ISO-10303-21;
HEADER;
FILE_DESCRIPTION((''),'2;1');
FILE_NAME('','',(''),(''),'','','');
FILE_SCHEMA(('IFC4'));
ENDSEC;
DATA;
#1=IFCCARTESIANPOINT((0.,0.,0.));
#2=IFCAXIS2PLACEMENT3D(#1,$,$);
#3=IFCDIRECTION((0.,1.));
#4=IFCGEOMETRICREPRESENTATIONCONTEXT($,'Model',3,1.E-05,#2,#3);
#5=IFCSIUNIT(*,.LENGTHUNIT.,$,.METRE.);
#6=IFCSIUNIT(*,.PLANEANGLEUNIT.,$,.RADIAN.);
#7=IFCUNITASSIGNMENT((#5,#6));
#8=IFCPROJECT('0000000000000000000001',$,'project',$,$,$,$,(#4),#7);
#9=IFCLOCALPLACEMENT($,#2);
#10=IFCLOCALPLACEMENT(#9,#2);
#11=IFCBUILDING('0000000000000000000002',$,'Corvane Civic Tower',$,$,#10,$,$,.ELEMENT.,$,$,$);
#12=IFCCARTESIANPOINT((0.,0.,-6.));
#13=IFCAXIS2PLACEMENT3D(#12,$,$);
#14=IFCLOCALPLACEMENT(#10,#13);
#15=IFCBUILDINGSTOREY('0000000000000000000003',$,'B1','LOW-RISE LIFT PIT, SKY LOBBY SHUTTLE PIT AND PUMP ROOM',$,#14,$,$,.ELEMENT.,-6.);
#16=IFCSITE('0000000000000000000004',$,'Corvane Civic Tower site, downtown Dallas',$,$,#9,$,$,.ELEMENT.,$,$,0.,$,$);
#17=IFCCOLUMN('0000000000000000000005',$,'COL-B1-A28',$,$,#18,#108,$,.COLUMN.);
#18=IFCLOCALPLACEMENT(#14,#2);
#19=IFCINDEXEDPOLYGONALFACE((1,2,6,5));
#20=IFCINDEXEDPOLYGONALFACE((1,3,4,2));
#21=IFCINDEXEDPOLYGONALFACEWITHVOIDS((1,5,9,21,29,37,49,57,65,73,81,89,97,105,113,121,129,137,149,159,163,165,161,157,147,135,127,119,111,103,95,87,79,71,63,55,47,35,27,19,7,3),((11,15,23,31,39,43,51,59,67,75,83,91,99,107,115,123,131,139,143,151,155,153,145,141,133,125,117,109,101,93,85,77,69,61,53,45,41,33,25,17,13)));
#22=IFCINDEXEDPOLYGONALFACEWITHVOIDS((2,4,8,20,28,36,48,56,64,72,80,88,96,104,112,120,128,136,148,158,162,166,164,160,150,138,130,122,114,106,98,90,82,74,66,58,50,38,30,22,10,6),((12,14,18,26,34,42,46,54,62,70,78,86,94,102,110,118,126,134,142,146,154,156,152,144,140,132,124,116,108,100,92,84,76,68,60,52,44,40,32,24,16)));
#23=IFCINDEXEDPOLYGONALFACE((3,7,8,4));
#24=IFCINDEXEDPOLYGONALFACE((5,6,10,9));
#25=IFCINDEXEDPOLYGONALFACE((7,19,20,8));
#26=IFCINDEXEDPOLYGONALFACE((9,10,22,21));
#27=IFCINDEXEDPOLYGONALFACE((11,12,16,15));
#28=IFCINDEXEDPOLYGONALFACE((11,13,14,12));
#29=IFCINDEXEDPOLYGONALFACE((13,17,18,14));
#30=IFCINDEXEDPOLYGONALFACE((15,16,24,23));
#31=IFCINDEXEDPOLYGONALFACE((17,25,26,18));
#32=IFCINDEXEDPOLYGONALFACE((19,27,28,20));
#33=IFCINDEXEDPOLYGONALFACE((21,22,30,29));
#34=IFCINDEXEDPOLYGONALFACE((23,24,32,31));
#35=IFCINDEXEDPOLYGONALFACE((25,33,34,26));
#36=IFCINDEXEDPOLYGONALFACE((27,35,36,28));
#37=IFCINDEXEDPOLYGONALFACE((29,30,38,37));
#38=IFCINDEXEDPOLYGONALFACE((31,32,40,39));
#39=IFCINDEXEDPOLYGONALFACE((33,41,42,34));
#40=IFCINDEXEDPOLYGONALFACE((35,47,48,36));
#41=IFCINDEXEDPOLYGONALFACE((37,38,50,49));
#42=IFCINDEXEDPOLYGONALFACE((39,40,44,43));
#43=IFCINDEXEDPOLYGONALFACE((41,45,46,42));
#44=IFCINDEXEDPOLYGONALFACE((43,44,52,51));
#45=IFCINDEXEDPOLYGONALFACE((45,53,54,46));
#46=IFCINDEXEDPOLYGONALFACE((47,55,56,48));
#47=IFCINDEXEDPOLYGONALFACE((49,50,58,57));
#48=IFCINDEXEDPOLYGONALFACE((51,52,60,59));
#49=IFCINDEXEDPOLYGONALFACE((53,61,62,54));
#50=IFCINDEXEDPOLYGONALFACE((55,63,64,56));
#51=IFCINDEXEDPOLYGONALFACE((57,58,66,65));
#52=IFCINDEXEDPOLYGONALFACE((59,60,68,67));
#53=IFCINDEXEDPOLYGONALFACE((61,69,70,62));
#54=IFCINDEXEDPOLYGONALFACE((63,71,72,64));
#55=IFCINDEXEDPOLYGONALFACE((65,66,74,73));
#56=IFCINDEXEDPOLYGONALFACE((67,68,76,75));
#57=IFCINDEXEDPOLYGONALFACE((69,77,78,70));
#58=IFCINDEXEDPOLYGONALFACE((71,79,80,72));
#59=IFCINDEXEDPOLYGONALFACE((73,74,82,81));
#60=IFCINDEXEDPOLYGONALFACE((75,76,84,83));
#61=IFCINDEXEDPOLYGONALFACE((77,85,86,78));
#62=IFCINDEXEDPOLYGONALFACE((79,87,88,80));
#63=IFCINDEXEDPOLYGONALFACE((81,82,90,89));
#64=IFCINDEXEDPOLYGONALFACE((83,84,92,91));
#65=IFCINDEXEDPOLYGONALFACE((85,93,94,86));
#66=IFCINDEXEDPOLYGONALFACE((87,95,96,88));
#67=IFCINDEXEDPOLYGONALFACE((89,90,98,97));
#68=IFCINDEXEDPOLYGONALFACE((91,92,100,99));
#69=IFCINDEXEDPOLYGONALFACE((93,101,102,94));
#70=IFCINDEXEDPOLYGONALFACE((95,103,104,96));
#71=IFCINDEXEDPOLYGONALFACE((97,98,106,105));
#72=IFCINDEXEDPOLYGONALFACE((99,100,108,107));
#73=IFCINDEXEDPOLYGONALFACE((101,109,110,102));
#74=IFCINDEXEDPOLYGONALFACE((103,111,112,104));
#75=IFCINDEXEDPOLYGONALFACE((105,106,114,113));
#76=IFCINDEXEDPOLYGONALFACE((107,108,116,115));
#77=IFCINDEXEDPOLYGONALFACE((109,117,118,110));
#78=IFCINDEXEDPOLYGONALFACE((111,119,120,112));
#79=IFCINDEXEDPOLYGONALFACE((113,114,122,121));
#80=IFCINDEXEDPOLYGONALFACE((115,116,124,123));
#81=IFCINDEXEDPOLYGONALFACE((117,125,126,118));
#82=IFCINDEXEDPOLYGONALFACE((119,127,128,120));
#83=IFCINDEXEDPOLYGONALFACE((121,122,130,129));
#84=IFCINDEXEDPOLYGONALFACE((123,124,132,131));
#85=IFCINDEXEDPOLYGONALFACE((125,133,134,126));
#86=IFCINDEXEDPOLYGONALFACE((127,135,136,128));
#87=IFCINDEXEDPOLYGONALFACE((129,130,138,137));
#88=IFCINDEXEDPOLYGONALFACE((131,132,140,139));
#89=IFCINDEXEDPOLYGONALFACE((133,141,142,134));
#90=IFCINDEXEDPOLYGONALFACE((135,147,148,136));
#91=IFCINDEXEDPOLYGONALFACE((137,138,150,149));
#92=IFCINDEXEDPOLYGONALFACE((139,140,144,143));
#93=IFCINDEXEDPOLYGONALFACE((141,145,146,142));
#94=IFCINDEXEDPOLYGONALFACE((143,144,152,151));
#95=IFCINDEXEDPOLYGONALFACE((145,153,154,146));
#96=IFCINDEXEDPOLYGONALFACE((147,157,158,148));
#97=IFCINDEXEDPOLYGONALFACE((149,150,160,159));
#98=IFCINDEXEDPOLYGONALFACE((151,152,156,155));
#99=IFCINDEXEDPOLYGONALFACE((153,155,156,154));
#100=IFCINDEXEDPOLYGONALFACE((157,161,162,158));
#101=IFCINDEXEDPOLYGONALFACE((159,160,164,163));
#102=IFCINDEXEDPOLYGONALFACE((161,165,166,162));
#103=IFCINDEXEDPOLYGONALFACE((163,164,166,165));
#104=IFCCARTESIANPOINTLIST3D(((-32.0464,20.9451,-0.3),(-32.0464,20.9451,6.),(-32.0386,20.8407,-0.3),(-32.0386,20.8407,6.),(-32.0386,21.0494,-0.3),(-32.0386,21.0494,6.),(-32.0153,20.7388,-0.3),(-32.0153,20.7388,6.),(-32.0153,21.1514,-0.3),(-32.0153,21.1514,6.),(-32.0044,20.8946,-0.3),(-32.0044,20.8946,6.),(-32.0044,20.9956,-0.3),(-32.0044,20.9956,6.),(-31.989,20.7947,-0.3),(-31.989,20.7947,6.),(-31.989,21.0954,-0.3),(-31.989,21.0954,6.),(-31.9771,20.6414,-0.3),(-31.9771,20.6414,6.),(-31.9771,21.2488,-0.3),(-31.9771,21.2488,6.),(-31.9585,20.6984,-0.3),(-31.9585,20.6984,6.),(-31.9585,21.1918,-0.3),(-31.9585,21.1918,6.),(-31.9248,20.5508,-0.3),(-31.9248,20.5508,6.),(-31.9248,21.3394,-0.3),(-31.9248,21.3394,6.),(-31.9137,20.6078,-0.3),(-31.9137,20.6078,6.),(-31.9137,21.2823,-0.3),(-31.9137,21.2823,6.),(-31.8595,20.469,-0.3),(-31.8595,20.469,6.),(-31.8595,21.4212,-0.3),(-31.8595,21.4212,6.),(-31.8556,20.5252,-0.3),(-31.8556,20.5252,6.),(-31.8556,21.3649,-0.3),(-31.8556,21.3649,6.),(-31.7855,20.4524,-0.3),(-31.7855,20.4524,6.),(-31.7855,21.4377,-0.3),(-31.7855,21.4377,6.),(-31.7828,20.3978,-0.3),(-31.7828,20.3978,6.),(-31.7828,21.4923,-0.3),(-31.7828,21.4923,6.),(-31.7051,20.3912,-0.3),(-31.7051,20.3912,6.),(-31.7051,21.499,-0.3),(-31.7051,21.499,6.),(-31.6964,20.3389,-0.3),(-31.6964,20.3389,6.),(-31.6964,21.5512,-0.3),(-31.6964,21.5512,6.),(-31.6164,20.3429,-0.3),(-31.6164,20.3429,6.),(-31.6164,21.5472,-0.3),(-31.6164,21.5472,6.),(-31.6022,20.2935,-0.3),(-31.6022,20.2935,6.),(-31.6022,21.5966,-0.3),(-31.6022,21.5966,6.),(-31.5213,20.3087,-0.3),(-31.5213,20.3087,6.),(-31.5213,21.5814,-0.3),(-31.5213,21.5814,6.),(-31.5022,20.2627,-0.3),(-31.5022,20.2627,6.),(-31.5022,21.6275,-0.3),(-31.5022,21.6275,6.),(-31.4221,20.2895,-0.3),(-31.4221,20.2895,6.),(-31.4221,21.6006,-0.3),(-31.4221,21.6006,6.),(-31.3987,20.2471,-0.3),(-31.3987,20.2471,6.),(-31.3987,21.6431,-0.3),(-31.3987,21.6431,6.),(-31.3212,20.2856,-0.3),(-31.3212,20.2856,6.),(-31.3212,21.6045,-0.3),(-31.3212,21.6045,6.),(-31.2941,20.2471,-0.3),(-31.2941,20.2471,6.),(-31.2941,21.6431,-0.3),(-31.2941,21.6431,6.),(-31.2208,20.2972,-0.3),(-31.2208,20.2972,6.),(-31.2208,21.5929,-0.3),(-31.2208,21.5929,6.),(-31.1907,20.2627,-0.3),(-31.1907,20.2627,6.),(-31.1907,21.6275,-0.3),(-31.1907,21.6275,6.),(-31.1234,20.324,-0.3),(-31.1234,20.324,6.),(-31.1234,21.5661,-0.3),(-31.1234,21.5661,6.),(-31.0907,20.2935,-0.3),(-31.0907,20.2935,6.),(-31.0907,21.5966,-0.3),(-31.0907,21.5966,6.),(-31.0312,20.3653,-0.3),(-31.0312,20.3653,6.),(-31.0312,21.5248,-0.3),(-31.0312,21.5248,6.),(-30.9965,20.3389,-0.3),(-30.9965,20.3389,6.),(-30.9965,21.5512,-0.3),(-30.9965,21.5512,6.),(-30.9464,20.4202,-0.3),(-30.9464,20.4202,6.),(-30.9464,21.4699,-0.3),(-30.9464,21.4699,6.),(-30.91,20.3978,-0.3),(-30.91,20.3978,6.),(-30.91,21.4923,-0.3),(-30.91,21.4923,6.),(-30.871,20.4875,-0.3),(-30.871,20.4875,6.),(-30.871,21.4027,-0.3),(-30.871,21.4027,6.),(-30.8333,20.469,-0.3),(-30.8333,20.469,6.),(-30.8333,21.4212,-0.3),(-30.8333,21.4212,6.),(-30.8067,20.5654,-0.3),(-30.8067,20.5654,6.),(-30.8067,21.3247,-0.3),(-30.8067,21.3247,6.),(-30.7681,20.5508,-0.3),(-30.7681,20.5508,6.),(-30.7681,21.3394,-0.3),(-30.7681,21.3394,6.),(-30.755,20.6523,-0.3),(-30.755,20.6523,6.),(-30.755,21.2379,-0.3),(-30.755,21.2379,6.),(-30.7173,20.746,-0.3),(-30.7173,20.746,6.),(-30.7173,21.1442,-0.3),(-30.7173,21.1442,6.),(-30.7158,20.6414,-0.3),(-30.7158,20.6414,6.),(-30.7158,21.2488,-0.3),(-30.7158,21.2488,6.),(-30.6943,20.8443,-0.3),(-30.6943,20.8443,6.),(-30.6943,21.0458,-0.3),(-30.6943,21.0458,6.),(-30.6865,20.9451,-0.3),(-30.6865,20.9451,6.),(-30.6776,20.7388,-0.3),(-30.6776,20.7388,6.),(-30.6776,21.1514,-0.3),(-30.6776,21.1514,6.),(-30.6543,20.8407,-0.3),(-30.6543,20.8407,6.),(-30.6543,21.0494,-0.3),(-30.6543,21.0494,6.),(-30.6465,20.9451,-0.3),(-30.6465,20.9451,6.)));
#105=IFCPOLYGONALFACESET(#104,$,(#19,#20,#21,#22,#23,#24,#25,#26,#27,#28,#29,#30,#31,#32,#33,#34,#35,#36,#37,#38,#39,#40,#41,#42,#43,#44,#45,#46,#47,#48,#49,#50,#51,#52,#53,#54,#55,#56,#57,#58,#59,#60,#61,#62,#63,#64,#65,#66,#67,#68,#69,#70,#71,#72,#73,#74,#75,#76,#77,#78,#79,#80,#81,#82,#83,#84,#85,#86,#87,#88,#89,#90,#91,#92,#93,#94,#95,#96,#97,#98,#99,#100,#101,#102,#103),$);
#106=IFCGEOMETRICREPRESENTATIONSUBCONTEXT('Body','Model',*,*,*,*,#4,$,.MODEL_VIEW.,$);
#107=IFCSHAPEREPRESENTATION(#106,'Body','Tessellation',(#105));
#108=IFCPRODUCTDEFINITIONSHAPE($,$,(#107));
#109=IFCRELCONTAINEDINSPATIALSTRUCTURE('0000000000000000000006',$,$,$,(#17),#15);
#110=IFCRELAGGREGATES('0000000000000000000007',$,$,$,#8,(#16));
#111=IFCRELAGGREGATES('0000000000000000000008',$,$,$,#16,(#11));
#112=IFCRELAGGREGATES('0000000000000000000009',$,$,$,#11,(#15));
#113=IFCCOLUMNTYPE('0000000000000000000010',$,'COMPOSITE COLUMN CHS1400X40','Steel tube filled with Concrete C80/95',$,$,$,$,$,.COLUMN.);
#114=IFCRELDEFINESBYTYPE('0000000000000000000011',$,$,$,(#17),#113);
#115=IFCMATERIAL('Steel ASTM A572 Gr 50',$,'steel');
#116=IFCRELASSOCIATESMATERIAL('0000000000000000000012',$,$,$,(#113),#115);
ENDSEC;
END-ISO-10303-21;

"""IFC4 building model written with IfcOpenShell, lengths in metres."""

from ifc_helpers import new_model, si_unit, direction, frame, origin, origin_2d, place, context, subcontext, project, spatial, hollow_circle, extrude, material, material_profile, profile_set, type_object, element, save


model = new_model("IFC4")

# Units and contexts
model_context = context("Model", 3, precision=1e-05, world=origin(), true_north=direction((0.0, 1.0)))
body_context = subcontext(model_context, "Body", "Model", "MODEL_VIEW")
ifc_project = project(units=[si_unit("LENGTHUNIT", "METRE"), si_unit("PLANEANGLEUNIT", "RADIAN")], contexts=[model_context])

# Site, building, storey
site_placement = place(None, origin())
site = spatial("IfcSite", under=ifc_project, at=site_placement, Name="Corvane Civic Tower site, downtown Dallas", CompositionType="ELEMENT", RefElevation=0.0)
building_placement = place(site_placement, origin())
building = spatial("IfcBuilding", under=site, at=building_placement, Name="Corvane Civic Tower", CompositionType="ELEMENT")
storey_placement = place(building_placement, frame((0.0, 0.0, -6.0)))
storey = spatial("IfcBuildingStorey", under=building, at=storey_placement, Name="B1", Description="LOW-RISE LIFT PIT, SKY LOBBY SHUTTLE PIT AND PUMP ROOM", CompositionType="ELEMENT", Elevation=-6.0)

# Column
ifc_material_1 = material(Name="Steel ASTM A572 Gr 50", Category="steel")
ifc_material_profile_1 = material_profile(ifc_material_1, hollow_circle(Radius=0.7, WallThickness=0.04, at=origin_2d()), Name="CHS1400X40")
ifc_profile_set_1 = profile_set([ifc_material_profile_1], Name="Steel ASTM A572 Gr 50")
column_type_1 = type_object("IfcColumnType", Name="COMPOSITE COLUMN CHS1400X40", Description="Steel tube filled with Concrete C80/95", PredefinedType="COLUMN", material=ifc_profile_set_1)
column_placement = place(storey_placement, frame((-31.3464, 20.9451, -0.3), z_axis=(0.0, 0.0, 1.0), x_axis=(1.0, 0.0, 0.0)))
element("IfcColumn", 1, at=column_placement, inside=storey, type_object=column_type_1, Name="COL-B1-A28", PredefinedType="COLUMN", context=body_context, shape_type="SweptSolid", body=[
    extrude(hollow_circle(Radius=0.7, WallThickness=0.04, at=origin_2d()), origin(), (0.0, 0.0, 1.0), 6.3),
])

save(model, "model.ifc")
